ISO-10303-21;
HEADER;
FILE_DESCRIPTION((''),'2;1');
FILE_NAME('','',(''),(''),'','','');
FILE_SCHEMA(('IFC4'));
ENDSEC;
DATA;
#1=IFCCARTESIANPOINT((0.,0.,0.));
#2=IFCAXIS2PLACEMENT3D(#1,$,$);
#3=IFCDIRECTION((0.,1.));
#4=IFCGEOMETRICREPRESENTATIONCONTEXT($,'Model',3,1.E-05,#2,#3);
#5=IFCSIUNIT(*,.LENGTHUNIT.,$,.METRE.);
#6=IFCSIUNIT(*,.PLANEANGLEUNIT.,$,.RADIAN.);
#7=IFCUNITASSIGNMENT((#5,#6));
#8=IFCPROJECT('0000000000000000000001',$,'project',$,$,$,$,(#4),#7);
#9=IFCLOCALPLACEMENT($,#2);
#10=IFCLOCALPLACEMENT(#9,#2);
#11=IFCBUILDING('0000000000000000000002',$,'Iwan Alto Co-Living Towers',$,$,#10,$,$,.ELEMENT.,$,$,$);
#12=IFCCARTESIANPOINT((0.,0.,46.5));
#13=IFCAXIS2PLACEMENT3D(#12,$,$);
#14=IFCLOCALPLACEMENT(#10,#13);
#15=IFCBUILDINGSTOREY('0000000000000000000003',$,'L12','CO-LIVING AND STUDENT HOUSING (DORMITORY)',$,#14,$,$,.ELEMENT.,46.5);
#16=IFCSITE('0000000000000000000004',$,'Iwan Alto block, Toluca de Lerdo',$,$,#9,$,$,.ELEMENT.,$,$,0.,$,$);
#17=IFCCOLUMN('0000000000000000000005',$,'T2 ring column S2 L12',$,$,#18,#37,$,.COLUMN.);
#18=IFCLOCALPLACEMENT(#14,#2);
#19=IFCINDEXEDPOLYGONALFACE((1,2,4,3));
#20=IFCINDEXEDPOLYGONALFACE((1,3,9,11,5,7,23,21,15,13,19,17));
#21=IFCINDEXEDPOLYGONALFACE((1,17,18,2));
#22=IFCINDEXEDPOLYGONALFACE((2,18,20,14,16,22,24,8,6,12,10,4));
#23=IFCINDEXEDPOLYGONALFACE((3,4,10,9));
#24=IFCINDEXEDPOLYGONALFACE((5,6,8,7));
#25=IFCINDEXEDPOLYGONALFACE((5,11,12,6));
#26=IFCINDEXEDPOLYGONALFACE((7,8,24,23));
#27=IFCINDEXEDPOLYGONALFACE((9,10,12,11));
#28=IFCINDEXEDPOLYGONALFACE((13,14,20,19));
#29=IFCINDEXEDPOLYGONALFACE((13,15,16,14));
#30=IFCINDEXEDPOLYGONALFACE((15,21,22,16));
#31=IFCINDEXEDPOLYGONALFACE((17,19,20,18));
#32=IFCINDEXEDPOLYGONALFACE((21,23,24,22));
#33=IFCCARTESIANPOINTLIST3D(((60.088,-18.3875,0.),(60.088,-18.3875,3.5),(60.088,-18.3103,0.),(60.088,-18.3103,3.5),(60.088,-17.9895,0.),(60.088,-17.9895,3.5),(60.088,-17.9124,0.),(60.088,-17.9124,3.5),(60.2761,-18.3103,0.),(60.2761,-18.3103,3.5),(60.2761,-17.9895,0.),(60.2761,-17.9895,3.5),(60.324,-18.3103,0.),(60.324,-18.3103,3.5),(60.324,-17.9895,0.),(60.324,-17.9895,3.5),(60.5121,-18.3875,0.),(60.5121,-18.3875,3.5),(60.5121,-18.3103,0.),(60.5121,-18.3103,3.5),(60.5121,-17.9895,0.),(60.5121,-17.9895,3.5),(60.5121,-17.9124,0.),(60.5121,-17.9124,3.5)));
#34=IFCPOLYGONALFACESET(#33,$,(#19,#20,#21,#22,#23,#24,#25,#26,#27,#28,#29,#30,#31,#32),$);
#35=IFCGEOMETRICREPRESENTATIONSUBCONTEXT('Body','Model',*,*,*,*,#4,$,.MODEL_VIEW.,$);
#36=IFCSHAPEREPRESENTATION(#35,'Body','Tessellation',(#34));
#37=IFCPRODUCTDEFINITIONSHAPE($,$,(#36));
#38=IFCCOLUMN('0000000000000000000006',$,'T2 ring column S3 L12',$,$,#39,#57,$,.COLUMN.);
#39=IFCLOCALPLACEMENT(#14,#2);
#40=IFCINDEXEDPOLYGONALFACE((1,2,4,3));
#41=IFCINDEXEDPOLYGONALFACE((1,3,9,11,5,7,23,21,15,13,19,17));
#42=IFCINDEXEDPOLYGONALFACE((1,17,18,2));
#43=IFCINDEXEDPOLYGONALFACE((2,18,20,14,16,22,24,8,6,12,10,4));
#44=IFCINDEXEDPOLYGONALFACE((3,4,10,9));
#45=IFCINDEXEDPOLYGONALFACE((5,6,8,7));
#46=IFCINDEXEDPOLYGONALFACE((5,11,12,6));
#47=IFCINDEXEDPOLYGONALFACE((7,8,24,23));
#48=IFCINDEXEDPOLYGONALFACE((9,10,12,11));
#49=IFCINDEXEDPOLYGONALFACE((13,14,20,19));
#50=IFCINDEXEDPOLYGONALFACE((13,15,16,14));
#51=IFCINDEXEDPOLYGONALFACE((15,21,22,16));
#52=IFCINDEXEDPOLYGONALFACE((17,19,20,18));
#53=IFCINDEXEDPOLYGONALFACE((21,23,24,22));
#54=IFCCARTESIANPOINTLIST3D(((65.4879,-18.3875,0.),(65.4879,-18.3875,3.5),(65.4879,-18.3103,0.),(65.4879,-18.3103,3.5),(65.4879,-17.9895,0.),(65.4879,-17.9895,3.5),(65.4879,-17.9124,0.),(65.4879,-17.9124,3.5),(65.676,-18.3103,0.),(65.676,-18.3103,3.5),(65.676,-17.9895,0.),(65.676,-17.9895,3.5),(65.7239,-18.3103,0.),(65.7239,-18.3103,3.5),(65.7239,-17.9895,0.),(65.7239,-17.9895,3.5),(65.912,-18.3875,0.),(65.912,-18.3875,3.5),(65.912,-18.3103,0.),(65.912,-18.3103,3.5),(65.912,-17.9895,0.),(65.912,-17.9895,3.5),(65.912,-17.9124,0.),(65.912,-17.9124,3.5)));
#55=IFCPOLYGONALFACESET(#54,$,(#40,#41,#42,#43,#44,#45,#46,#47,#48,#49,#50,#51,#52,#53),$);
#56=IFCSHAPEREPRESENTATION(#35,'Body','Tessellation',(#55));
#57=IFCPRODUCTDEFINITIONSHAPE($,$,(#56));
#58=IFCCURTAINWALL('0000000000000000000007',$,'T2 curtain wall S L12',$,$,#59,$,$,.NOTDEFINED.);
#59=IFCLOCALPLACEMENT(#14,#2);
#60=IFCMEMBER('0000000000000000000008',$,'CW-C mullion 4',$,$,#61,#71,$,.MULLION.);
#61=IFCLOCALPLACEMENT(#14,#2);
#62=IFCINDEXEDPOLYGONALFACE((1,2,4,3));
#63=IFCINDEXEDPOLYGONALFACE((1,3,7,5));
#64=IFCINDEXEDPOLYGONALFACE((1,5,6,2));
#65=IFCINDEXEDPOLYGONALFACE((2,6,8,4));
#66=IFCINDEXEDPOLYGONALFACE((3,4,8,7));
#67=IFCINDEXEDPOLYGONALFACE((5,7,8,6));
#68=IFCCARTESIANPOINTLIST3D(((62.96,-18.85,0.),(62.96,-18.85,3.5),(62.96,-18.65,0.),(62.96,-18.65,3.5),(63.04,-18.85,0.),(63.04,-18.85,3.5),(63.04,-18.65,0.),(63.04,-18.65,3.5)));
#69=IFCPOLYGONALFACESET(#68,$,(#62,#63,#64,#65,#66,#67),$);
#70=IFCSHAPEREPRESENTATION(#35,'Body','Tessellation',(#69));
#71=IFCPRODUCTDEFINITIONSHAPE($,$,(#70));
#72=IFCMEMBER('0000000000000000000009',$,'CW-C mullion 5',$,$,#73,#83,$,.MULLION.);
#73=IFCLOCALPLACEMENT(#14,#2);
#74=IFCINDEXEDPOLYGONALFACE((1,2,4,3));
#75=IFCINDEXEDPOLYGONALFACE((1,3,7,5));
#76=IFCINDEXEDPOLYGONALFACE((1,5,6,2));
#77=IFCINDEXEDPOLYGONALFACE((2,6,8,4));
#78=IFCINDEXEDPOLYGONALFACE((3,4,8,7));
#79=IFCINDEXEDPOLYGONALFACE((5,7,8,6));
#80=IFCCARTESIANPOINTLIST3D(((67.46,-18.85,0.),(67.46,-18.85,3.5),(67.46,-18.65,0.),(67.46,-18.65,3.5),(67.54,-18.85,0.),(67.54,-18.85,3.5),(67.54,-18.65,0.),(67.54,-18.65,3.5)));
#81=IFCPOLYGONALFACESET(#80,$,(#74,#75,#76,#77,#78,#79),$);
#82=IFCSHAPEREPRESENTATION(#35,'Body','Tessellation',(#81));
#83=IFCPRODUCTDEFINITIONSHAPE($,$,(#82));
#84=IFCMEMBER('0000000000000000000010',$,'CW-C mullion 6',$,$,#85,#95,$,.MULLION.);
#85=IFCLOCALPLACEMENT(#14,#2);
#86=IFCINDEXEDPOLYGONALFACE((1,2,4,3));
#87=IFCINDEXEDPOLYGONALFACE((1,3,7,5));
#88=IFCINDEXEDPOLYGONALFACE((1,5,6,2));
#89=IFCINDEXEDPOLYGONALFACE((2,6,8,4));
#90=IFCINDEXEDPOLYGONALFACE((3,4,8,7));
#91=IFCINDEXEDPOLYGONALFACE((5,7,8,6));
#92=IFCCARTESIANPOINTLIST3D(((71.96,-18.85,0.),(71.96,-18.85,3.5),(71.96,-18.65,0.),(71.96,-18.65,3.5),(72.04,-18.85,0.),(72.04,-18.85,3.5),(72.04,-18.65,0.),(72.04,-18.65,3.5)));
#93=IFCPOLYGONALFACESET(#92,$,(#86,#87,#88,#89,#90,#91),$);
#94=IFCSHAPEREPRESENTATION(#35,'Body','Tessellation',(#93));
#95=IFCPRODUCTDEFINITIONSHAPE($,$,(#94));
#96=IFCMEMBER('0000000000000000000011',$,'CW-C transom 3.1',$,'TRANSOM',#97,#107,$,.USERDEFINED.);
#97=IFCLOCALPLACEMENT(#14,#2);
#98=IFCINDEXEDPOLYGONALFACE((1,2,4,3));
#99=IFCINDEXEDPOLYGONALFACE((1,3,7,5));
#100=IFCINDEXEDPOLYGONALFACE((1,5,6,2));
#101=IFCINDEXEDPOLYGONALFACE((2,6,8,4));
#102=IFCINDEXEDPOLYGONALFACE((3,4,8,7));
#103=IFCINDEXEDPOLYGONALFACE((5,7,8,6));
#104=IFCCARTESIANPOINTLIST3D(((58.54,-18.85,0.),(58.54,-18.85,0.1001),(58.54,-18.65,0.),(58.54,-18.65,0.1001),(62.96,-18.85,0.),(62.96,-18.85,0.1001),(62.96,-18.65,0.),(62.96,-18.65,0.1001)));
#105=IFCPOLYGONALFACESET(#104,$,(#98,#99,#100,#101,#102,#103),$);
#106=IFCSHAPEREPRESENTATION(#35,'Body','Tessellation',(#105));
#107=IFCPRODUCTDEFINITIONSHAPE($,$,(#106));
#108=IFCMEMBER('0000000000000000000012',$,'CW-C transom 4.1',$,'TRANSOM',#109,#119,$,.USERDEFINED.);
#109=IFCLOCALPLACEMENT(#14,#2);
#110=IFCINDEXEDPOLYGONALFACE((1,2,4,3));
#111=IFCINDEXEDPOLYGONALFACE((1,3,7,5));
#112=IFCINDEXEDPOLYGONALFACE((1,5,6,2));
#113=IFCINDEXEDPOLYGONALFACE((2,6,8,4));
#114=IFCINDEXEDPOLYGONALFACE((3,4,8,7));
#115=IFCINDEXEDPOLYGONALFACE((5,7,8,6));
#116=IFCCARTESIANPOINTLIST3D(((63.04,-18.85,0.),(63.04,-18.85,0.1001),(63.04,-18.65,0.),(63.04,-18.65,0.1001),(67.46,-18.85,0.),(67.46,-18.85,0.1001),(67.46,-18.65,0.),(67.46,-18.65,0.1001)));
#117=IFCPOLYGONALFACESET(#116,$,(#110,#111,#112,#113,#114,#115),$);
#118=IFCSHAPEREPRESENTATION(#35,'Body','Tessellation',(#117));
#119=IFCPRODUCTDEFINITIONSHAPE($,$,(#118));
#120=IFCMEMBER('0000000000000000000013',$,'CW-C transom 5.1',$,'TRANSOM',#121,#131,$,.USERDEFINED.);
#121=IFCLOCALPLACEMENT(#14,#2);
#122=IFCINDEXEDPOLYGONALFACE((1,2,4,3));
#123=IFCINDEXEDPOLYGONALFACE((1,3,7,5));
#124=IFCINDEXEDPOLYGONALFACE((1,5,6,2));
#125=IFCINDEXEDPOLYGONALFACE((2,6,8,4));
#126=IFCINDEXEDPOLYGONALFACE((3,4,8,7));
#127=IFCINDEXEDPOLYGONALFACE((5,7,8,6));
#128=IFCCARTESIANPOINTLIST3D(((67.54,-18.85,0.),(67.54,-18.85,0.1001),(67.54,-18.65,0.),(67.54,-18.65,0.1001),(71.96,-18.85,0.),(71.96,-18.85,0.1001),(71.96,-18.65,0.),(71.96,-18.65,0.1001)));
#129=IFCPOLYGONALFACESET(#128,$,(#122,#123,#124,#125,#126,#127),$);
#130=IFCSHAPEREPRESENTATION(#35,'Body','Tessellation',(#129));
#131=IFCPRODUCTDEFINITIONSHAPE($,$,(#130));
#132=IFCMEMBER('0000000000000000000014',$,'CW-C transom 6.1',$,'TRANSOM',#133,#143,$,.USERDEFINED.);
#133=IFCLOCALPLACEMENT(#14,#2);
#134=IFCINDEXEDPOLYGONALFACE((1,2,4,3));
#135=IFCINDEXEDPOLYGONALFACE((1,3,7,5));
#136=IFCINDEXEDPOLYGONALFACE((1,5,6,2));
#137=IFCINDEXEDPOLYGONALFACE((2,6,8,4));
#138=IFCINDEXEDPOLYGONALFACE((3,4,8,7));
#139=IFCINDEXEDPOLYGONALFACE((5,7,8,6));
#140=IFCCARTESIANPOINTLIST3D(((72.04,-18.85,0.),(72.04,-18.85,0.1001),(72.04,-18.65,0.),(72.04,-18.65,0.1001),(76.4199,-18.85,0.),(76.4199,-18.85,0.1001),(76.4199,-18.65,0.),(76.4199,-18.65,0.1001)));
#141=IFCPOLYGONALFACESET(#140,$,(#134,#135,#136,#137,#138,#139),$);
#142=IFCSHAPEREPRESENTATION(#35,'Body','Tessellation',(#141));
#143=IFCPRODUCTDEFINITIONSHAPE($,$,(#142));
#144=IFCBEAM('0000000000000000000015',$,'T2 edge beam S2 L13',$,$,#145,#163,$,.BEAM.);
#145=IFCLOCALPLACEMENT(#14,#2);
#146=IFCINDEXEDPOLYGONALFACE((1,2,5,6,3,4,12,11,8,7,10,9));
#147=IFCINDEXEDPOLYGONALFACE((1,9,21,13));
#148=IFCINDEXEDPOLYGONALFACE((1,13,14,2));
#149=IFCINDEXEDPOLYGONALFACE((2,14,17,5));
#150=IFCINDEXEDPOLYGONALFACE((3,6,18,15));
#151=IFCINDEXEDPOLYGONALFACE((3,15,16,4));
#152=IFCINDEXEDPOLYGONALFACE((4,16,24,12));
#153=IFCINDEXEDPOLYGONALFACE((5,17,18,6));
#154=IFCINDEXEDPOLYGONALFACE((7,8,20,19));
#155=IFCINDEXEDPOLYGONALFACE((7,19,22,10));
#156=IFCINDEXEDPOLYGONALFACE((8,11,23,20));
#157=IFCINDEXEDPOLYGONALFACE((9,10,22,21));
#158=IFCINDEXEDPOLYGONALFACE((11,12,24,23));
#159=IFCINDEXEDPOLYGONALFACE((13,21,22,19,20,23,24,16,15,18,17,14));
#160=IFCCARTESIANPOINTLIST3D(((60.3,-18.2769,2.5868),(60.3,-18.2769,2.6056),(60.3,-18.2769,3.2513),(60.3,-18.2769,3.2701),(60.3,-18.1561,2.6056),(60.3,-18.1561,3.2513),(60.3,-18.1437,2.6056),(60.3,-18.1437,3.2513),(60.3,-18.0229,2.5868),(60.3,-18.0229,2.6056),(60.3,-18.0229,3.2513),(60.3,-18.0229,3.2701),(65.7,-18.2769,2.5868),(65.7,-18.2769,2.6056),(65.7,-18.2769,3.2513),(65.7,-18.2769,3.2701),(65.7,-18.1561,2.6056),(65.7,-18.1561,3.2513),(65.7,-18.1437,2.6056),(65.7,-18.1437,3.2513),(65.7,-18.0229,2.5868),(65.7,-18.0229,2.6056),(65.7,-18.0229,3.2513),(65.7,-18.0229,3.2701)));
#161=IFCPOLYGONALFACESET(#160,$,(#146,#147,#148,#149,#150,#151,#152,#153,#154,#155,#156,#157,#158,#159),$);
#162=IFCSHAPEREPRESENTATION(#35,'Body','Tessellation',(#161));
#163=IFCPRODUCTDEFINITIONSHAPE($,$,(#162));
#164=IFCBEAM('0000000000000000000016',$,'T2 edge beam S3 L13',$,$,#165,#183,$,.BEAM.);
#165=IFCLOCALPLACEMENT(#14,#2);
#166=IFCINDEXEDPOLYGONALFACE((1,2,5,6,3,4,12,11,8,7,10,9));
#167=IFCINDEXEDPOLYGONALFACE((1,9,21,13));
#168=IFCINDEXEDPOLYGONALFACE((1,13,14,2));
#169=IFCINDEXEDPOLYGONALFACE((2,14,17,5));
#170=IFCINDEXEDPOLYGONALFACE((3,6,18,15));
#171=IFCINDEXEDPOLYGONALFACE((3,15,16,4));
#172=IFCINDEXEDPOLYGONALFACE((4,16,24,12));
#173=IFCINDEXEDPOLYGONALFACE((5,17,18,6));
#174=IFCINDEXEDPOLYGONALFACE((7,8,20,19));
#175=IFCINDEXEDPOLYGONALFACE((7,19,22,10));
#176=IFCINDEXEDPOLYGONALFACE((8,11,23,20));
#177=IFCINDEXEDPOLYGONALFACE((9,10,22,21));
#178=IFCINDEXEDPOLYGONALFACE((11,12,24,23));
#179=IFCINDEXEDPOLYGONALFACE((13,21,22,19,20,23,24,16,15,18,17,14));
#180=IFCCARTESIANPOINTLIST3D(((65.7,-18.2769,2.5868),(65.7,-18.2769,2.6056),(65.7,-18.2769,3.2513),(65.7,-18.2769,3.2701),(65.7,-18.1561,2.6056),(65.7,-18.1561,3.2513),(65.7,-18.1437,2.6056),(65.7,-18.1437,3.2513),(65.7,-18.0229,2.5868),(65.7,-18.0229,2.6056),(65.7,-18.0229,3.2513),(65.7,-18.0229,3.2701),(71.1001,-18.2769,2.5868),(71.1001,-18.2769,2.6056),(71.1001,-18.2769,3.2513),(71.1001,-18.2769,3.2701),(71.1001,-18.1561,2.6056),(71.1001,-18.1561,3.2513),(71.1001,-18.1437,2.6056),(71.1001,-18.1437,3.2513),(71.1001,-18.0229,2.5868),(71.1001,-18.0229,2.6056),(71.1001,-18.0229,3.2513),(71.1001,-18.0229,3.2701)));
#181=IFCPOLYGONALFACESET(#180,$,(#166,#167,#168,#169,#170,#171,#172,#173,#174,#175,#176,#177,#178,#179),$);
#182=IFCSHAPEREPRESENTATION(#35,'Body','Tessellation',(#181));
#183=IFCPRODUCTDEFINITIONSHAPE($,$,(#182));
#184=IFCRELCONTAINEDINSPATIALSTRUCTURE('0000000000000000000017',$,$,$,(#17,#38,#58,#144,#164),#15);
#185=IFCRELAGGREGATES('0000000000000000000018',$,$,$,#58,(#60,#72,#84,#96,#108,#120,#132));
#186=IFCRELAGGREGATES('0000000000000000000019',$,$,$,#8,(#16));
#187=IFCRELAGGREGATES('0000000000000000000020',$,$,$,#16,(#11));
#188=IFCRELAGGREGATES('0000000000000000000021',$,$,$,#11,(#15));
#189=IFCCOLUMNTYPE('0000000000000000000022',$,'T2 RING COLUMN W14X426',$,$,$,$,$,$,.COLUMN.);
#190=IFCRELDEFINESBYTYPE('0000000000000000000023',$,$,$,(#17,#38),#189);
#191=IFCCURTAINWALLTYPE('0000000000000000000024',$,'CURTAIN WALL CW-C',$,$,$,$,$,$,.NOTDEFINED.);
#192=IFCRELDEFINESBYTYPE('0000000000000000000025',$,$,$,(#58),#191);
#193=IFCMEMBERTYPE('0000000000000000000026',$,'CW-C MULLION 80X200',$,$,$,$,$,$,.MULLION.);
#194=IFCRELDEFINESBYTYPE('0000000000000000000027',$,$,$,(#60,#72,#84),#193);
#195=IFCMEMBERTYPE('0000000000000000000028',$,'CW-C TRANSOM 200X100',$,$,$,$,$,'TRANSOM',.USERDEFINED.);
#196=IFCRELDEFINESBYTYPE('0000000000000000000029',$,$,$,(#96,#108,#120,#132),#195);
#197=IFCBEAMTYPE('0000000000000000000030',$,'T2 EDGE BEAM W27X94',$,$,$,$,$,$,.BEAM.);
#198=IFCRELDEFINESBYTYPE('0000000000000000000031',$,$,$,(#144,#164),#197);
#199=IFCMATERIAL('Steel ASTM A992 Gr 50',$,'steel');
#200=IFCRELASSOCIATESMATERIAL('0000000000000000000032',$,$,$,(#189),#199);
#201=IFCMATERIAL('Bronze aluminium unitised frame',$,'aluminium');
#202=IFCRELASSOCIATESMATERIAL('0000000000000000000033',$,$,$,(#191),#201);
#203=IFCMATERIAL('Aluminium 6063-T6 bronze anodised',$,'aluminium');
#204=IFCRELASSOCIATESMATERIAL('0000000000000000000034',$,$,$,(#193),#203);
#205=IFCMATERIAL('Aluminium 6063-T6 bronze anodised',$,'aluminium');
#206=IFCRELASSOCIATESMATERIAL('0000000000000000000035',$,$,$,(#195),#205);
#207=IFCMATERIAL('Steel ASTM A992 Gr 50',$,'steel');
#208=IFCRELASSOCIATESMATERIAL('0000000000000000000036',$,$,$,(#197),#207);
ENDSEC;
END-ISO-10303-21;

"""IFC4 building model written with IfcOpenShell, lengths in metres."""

from ifc_helpers import new_model, si_unit, direction, frame, origin, origin_2d, place, context, subcontext, project, spatial, rectangle, i_section, extrude, material, material_profile, profile_set, type_object, element, aggregate, save


model = new_model("IFC4")

# Units and contexts
model_context = context("Model", 3, precision=1e-05, world=origin(), true_north=direction((0.0, 1.0)))
body_context = subcontext(model_context, "Body", "Model", "MODEL_VIEW")
ifc_project = project(units=[si_unit("LENGTHUNIT", "METRE"), si_unit("PLANEANGLEUNIT", "RADIAN")], contexts=[model_context])

# Site, building, storey
site_placement = place(None, origin())
site = spatial("IfcSite", under=ifc_project, at=site_placement, Name="Iwan Alto block, Toluca de Lerdo", CompositionType="ELEMENT", RefElevation=0.0)
building_placement = place(site_placement, origin())
building = spatial("IfcBuilding", under=site, at=building_placement, Name="Iwan Alto Co-Living Towers", CompositionType="ELEMENT")
storey_placement = place(building_placement, frame((0.0, 0.0, 46.5)))
storey = spatial("IfcBuildingStorey", under=building, at=storey_placement, Name="L12", Description="CO-LIVING AND STUDENT HOUSING (DORMITORY)", CompositionType="ELEMENT", Elevation=46.5)

# Columns
ifc_material_1 = material(Name="Steel ASTM A992 Gr 50", Category="steel")
ifc_material_profile_1 = material_profile(ifc_material_1, i_section(OverallWidth=0.4241, OverallDepth=0.4751, WebThickness=0.0479, FlangeThickness=0.0771, at=origin_2d()), Name="W14X426")
ifc_profile_set_1 = profile_set([ifc_material_profile_1], Name="Steel ASTM A992 Gr 50")
column_type = type_object("IfcColumnType", Name="T2 RING COLUMN W14X426", PredefinedType="COLUMN", material=ifc_profile_set_1)
for number, where, z_axis, x_axis, name in (
    (1, (60.3, -18.1499, 0.0), (0.0, 0.0, 1.0), (1.0, 0.0, 0.0), "T2 ring column S2 L12"),
    (2, (65.7, -18.1499, 0.0), (0.0, 0.0, 1.0), (1.0, 0.0, 0.0), "T2 ring column S3 L12"),
):
    element("IfcColumn", number, at=place(storey_placement, frame(where, z_axis=z_axis, x_axis=x_axis)), inside=storey, type_object=column_type, Name=name, PredefinedType="COLUMN", context=body_context, shape_type="SweptSolid", body=[
        extrude(i_section(OverallWidth=0.4241, OverallDepth=0.4751, WebThickness=0.0479, FlangeThickness=0.0771, at=origin_2d()), origin(), (0.0, 0.0, 1.0), 3.5),
    ])

# Curtain wall, members
ifc_material_2 = material(Name="Bronze aluminium unitised frame", Category="aluminium")
curtain_wall_type = type_object("IfcCurtainWallType", Name="CURTAIN WALL CW-C", PredefinedType="NOTDEFINED", material=ifc_material_2)
curtain_wall_placement = place(storey_placement, origin())
curtain_wall = element("IfcCurtainWall", 3, at=curtain_wall_placement, inside=storey, type_object=curtain_wall_type, Name="T2 curtain wall S L12", PredefinedType="NOTDEFINED")
ifc_material_3 = material(Name="Aluminium 6063-T6 bronze anodised", Category="aluminium")
ifc_material_profile_2 = material_profile(ifc_material_3, rectangle(XDim=0.2, YDim=0.0801, at=origin_2d()), Name="AL 80X200")
ifc_profile_set_2 = profile_set([ifc_material_profile_2], Name="Aluminium 6063-T6 bronze anodised")
member_type_1 = type_object("IfcMemberType", Name="CW-C MULLION 80X200", PredefinedType="MULLION", material=ifc_profile_set_2)
member_1_placement = place(storey_placement, frame((63.0, -18.75, 0.0), z_axis=(0.0, 0.0, 1.0), x_axis=(0.0, 1.0, 0.0)))
member_1 = element("IfcMember", 4, at=member_1_placement, type_object=member_type_1, Name="CW-C mullion 4", PredefinedType="MULLION", context=body_context, shape_type="SweptSolid", body=[
    extrude(rectangle(XDim=0.2, YDim=0.0801, at=origin_2d()), origin(), (0.0, 0.0, 1.0), 3.5),
])
member_2_placement = place(storey_placement, frame((67.5, -18.75, 0.0), z_axis=(0.0, 0.0, 1.0), x_axis=(0.0, 1.0, 0.0)))
member_2 = element("IfcMember", 5, at=member_2_placement, type_object=member_type_1, Name="CW-C mullion 5", PredefinedType="MULLION", context=body_context, shape_type="SweptSolid", body=[
    extrude(rectangle(XDim=0.2, YDim=0.0801, at=origin_2d()), origin(), (0.0, 0.0, 1.0), 3.5),
])
member_3_placement = place(storey_placement, frame((72.0, -18.75, 0.0), z_axis=(0.0, 0.0, 1.0), x_axis=(0.0, 1.0, 0.0)))
member_3 = element("IfcMember", 6, at=member_3_placement, type_object=member_type_1, Name="CW-C mullion 6", PredefinedType="MULLION", context=body_context, shape_type="SweptSolid", body=[
    extrude(rectangle(XDim=0.2, YDim=0.0801, at=origin_2d()), origin(), (0.0, 0.0, 1.0), 3.5),
])
ifc_material_4 = material(Name="Aluminium 6063-T6 bronze anodised", Category="aluminium")
ifc_material_profile_3 = material_profile(ifc_material_4, rectangle(XDim=0.2, YDim=0.1001, at=origin_2d()), Name="AL 200X100")
ifc_profile_set_3 = profile_set([ifc_material_profile_3], Name="Aluminium 6063-T6 bronze anodised")
member_type_2 = type_object("IfcMemberType", Name="CW-C TRANSOM 200X100", ElementType="TRANSOM", PredefinedType="USERDEFINED", material=ifc_profile_set_3)
member_4_placement = place(storey_placement, frame((58.54, -18.75, 0.05), z_axis=(1.0, 0.0, 0.0), x_axis=(0.0, 1.0, 0.0)))
member_4 = element("IfcMember", 7, at=member_4_placement, type_object=member_type_2, Name="CW-C transom 3.1", ObjectType="TRANSOM", PredefinedType="USERDEFINED", context=body_context, shape_type="SweptSolid", body=[
    extrude(rectangle(XDim=0.2, YDim=0.1001, at=origin_2d()), origin(), (0.0, 0.0, 1.0), 4.4199),
])
member_5_placement = place(storey_placement, frame((63.04, -18.75, 0.05), z_axis=(1.0, 0.0, 0.0), x_axis=(0.0, 1.0, 0.0)))
member_5 = element("IfcMember", 8, at=member_5_placement, type_object=member_type_2, Name="CW-C transom 4.1", ObjectType="TRANSOM", PredefinedType="USERDEFINED", context=body_context, shape_type="SweptSolid", body=[
    extrude(rectangle(XDim=0.2, YDim=0.1001, at=origin_2d()), origin(), (0.0, 0.0, 1.0), 4.4199),
])
member_6_placement = place(storey_placement, frame((67.54, -18.75, 0.05), z_axis=(1.0, 0.0, 0.0), x_axis=(0.0, 1.0, 0.0)))
member_6 = element("IfcMember", 9, at=member_6_placement, type_object=member_type_2, Name="CW-C transom 5.1", ObjectType="TRANSOM", PredefinedType="USERDEFINED", context=body_context, shape_type="SweptSolid", body=[
    extrude(rectangle(XDim=0.2, YDim=0.1001, at=origin_2d()), origin(), (0.0, 0.0, 1.0), 4.4199),
])
member_7_placement = place(storey_placement, frame((72.04, -18.75, 0.05), z_axis=(1.0, 0.0, 0.0), x_axis=(0.0, 1.0, 0.0)))
member_7 = element("IfcMember", 10, at=member_7_placement, type_object=member_type_2, Name="CW-C transom 6.1", ObjectType="TRANSOM", PredefinedType="USERDEFINED", context=body_context, shape_type="SweptSolid", body=[
    extrude(rectangle(XDim=0.2, YDim=0.1001, at=origin_2d()), origin(), (0.0, 0.0, 1.0), 4.3799),
])

# Beams
ifc_material_5 = material(Name="Steel ASTM A992 Gr 50", Category="steel")
ifc_material_profile_4 = material_profile(ifc_material_5, i_section(OverallWidth=0.2539, OverallDepth=0.6833, WebThickness=0.0125, FlangeThickness=0.0188, at=origin_2d()), Name="W27X94")
ifc_profile_set_4 = profile_set([ifc_material_profile_4], Name="Steel ASTM A992 Gr 50")
beam_type_1 = type_object("IfcBeamType", Name="T2 EDGE BEAM W27X94", PredefinedType="BEAM", material=ifc_profile_set_4)
beam_1_placement = place(storey_placement, frame((60.3, -18.1499, 2.9285), z_axis=(1.0, 0.0, 0.0), x_axis=(0.0, 1.0, 0.0)))
element("IfcBeam", 11, at=beam_1_placement, inside=storey, type_object=beam_type_1, Name="T2 edge beam S2 L13", PredefinedType="BEAM", context=body_context, shape_type="SweptSolid", body=[
    extrude(i_section(OverallWidth=0.2539, OverallDepth=0.6833, WebThickness=0.0125, FlangeThickness=0.0188, at=origin_2d()), origin(), (0.0, 0.0, 1.0), 5.3999),
])
beam_2_placement = place(storey_placement, frame((65.7, -18.1499, 2.9285), z_axis=(1.0, 0.0, 0.0), x_axis=(0.0, 1.0, 0.0)))
element("IfcBeam", 12, at=beam_2_placement, inside=storey, type_object=beam_type_1, Name="T2 edge beam S3 L13", PredefinedType="BEAM", context=body_context, shape_type="SweptSolid", body=[
    extrude(i_section(OverallWidth=0.2539, OverallDepth=0.6833, WebThickness=0.0125, FlangeThickness=0.0188, at=origin_2d()), origin(), (0.0, 0.0, 1.0), 5.4001),
])

aggregate(curtain_wall, [member_1, member_2, member_3, member_4, member_5, member_6, member_7])

save(model, "model.ifc")
